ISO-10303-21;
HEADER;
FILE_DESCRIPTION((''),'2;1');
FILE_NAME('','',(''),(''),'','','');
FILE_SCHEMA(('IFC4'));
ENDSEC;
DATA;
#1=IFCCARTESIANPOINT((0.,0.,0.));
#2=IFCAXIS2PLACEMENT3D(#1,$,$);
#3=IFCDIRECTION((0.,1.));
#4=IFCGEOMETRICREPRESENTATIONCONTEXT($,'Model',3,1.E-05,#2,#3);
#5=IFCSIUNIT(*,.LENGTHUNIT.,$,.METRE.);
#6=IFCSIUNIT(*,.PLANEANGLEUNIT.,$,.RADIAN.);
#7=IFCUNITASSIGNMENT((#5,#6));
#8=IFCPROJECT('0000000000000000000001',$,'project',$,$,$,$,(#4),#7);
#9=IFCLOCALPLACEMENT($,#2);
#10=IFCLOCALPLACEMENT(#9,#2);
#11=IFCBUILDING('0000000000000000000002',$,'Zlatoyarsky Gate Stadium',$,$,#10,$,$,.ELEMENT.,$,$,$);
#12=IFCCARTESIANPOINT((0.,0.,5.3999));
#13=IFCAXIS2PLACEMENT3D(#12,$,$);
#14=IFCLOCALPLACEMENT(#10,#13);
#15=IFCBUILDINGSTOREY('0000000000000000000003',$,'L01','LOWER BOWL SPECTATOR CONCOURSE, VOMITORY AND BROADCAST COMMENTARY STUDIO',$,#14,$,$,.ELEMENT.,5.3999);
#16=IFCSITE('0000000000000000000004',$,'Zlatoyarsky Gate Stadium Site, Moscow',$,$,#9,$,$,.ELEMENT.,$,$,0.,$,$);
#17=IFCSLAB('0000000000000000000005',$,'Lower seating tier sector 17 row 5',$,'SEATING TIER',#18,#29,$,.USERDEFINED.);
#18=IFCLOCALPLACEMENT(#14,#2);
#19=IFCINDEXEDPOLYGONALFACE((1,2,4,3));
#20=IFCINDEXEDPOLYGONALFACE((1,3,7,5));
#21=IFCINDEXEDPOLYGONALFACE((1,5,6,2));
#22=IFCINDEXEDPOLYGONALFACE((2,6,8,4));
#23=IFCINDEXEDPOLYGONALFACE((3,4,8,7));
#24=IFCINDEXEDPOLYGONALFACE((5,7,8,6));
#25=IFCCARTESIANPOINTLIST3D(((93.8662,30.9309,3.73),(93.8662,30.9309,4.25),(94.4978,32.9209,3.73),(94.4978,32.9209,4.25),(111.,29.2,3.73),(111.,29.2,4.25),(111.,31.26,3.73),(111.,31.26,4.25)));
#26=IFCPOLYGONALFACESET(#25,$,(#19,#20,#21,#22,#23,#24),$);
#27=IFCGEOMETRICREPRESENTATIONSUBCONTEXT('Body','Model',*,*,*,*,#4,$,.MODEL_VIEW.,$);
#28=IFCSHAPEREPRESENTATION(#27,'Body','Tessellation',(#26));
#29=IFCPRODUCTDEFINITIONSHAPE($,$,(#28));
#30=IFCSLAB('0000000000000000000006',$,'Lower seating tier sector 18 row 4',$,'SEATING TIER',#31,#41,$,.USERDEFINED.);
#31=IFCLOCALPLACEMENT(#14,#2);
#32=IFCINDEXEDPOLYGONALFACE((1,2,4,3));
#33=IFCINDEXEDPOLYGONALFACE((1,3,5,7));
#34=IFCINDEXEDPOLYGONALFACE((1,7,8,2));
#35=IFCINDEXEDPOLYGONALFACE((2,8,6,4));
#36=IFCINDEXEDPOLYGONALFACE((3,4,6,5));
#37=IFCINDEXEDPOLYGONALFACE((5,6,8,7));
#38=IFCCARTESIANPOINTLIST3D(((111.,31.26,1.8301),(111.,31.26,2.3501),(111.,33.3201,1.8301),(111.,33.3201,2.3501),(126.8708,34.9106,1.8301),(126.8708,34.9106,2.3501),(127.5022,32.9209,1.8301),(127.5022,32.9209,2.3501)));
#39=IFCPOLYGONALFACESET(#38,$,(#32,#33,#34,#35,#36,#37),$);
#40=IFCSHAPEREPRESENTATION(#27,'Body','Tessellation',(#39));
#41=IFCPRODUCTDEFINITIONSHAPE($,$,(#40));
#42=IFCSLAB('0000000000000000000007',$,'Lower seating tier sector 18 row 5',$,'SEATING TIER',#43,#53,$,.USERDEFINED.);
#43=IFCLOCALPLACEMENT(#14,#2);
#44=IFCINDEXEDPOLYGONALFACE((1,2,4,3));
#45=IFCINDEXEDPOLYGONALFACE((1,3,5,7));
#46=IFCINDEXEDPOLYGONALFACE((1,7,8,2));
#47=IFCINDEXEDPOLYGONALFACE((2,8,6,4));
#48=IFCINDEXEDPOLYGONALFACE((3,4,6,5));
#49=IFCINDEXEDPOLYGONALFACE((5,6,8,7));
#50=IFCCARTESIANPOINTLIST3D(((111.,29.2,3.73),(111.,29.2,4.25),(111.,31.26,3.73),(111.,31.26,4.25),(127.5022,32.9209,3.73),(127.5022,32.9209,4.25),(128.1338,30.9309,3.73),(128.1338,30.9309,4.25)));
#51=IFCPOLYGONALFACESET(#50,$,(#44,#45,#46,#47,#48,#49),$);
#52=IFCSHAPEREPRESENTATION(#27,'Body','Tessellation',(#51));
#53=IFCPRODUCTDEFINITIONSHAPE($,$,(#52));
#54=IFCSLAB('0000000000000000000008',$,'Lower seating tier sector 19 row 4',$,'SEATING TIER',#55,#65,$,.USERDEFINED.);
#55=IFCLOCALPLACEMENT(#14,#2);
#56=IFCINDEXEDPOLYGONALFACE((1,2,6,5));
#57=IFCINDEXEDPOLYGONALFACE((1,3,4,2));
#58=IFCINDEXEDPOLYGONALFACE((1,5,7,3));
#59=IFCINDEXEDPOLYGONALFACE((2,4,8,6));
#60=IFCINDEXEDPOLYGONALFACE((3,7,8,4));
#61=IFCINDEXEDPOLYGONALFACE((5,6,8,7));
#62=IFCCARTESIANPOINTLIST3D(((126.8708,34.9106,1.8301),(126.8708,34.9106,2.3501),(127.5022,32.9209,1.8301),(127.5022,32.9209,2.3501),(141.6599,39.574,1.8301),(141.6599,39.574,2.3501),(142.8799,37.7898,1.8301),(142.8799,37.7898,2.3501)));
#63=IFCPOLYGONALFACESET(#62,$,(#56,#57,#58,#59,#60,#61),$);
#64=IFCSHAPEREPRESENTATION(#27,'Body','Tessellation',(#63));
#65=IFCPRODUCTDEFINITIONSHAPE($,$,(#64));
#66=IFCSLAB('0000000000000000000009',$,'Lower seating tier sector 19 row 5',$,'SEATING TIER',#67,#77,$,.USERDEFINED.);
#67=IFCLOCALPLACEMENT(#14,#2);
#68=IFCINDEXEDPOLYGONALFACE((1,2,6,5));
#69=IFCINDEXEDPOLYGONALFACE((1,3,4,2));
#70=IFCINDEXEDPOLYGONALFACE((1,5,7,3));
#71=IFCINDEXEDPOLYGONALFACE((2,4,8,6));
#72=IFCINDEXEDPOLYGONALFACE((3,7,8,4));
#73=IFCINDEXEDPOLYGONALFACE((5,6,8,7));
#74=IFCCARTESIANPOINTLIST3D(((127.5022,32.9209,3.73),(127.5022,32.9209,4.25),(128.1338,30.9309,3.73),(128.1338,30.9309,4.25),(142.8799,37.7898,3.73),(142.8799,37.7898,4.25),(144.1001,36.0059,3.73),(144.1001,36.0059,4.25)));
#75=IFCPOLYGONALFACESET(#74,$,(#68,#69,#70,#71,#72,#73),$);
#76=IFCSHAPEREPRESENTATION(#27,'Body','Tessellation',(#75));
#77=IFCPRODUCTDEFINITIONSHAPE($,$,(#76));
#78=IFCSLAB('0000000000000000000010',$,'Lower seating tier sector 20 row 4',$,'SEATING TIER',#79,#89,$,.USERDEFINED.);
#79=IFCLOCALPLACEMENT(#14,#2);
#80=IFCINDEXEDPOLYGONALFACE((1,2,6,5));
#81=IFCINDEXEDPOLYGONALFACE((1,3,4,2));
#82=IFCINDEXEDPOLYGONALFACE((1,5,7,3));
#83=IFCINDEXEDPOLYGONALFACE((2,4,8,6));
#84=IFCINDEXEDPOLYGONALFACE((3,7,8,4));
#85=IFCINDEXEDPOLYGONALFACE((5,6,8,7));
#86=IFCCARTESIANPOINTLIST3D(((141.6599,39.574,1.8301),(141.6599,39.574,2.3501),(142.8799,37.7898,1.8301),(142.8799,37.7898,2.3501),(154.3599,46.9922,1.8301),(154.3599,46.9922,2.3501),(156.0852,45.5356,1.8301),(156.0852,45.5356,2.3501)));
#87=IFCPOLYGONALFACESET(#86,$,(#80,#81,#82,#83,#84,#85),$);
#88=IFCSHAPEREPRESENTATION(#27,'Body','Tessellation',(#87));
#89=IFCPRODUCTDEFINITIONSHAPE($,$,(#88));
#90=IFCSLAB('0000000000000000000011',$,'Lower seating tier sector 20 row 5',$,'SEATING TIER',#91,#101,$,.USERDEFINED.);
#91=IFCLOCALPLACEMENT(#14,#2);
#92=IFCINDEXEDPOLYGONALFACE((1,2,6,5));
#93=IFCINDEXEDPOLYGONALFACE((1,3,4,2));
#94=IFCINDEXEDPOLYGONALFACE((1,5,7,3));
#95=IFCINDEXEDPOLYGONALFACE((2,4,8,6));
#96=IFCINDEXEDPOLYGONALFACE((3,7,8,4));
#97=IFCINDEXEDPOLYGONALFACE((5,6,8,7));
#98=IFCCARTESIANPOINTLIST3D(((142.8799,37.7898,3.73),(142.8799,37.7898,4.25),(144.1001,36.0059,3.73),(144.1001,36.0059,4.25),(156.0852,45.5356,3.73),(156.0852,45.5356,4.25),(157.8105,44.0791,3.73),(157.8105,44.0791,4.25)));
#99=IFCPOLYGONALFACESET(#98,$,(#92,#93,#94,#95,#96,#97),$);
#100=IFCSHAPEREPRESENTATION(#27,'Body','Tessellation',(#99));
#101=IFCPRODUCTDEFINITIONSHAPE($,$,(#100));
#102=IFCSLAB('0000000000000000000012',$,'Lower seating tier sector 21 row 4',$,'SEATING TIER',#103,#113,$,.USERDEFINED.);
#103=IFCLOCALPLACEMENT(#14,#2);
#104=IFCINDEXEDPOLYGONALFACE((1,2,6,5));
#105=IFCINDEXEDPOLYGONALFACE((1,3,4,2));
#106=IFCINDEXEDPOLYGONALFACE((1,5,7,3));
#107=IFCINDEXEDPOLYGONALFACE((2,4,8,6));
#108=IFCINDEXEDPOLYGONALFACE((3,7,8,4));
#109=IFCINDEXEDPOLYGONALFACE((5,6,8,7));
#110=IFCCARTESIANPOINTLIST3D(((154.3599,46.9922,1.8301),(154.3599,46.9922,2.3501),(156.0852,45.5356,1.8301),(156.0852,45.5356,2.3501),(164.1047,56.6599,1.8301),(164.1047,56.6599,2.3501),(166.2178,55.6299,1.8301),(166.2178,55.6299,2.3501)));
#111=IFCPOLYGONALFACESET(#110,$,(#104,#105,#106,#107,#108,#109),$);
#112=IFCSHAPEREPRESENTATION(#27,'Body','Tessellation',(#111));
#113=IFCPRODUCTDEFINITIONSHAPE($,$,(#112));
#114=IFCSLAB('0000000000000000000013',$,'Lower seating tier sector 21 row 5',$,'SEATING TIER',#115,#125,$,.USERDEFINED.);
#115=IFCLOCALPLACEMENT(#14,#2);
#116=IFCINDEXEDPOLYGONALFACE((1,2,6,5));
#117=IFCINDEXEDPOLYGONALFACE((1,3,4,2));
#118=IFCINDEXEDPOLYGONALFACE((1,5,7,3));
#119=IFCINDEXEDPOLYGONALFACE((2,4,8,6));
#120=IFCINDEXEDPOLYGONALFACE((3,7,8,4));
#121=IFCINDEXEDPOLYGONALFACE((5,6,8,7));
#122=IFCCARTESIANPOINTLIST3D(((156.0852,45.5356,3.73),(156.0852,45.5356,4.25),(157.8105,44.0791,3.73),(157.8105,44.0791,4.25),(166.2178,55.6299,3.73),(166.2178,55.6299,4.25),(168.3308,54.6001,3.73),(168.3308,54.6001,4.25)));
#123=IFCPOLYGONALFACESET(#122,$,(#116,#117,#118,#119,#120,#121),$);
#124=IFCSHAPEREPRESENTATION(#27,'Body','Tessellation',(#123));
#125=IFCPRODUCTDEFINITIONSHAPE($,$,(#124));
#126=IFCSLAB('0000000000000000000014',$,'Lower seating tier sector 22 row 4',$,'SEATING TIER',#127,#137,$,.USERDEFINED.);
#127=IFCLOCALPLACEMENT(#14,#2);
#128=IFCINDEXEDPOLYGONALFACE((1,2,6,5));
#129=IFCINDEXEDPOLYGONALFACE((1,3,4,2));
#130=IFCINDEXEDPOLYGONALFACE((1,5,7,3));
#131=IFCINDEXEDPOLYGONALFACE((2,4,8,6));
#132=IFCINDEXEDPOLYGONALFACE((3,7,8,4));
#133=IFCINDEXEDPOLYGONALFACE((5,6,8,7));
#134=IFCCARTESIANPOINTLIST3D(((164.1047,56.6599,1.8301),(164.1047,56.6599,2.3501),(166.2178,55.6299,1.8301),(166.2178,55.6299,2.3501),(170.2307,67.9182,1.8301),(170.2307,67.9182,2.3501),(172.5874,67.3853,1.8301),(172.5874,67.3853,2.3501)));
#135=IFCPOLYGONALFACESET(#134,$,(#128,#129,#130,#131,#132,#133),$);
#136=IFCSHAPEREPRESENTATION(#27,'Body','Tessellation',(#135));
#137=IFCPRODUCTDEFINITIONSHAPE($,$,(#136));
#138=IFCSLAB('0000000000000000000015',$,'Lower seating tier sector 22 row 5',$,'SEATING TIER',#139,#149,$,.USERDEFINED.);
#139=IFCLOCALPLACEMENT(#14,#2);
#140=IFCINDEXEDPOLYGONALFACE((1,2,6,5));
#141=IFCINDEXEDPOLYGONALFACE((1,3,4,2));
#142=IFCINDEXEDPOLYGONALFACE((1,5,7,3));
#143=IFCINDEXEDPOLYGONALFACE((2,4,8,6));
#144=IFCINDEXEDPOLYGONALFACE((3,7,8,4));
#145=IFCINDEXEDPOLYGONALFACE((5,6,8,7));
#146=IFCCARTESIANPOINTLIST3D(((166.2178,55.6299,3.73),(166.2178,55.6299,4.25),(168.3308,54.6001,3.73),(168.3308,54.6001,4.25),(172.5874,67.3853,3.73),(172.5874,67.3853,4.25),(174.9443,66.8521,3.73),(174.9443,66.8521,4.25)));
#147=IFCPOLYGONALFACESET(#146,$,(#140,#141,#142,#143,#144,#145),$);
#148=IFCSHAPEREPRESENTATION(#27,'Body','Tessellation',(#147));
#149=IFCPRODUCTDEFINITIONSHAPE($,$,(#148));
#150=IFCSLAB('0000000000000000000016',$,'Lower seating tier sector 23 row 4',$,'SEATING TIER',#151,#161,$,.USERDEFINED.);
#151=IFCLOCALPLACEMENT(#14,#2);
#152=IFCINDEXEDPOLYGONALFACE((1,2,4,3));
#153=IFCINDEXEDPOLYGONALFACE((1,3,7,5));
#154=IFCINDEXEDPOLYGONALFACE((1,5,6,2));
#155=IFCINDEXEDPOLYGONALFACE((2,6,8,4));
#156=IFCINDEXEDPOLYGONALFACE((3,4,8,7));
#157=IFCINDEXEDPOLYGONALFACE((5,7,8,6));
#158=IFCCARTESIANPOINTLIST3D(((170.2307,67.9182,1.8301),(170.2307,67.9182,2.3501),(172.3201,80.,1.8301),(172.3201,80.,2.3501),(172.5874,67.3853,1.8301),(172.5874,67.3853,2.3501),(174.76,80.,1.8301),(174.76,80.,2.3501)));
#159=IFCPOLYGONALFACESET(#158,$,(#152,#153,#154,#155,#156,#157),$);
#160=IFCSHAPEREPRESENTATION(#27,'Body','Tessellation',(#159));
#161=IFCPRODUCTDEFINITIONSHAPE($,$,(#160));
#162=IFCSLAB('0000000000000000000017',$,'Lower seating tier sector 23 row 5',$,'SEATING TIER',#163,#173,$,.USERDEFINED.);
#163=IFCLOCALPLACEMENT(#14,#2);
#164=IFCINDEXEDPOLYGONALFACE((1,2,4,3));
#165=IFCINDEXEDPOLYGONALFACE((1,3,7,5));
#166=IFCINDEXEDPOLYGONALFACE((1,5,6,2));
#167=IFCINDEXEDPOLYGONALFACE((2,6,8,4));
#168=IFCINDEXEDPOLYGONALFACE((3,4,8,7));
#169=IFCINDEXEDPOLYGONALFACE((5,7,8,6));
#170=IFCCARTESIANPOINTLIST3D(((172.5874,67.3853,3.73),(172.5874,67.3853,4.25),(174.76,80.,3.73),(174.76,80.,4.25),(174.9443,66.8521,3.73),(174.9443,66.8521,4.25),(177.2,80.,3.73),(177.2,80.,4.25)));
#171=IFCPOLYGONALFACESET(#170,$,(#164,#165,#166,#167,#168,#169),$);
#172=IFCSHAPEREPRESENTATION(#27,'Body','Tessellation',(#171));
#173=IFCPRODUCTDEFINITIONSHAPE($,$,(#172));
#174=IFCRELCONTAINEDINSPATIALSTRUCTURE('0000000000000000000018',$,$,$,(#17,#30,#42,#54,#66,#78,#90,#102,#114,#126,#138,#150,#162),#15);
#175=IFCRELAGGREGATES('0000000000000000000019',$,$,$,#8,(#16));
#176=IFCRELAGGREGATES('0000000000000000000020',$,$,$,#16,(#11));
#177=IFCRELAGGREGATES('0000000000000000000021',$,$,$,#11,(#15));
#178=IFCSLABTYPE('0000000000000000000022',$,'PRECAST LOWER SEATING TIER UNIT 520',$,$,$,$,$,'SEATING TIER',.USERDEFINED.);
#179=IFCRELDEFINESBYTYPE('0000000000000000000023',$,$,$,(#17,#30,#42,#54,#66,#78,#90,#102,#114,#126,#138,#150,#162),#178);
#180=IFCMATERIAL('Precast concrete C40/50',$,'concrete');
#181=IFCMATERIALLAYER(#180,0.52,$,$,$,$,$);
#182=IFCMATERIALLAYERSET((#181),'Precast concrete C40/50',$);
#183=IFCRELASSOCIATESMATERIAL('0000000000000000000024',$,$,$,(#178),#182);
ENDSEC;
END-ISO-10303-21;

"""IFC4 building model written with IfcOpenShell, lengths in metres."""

from ifc_helpers import new_model, si_unit, direction, frame, origin, place, context, subcontext, project, spatial, polyline, outline, extrude, material, layer, layer_set, type_object, element, save


model = new_model("IFC4")

# Units and contexts
model_context = context("Model", 3, precision=1e-05, world=origin(), true_north=direction((0.0, 1.0)))
body_context = subcontext(model_context, "Body", "Model", "MODEL_VIEW")
ifc_project = project(units=[si_unit("LENGTHUNIT", "METRE"), si_unit("PLANEANGLEUNIT", "RADIAN")], contexts=[model_context])

# Site, building, storey
site_placement = place(None, origin())
site = spatial("IfcSite", under=ifc_project, at=site_placement, Name="Zlatoyarsky Gate Stadium Site, Moscow", CompositionType="ELEMENT", RefElevation=0.0)
building_placement = place(site_placement, origin())
building = spatial("IfcBuilding", under=site, at=building_placement, Name="Zlatoyarsky Gate Stadium", CompositionType="ELEMENT")
storey_placement = place(building_placement, frame((0.0, 0.0, 5.3999)))
storey = spatial("IfcBuildingStorey", under=building, at=storey_placement, Name="L01", Description="LOWER BOWL SPECTATOR CONCOURSE, VOMITORY AND BROADCAST COMMENTARY STUDIO", CompositionType="ELEMENT", Elevation=5.3999)

# Slabs
ifc_material_1 = material(Name="Precast concrete C40/50", Category="concrete")
ifc_layer_1 = layer(ifc_material_1, 0.52)
ifc_layer_set_1 = layer_set([ifc_layer_1], Name="Precast concrete C40/50")
slab_type_1 = type_object("IfcSlabType", Name="PRECAST LOWER SEATING TIER UNIT 520", ElementType="SEATING TIER", PredefinedType="USERDEFINED", material=ifc_layer_set_1)
slab_1_placement = place(storey_placement, frame((0.0, 0.0, 3.73)))
element("IfcSlab", 1, at=slab_1_placement, inside=storey, type_object=slab_type_1, Name="Lower seating tier sector 17 row 5", ObjectType="SEATING TIER", PredefinedType="USERDEFINED", context=body_context, shape_type="SweptSolid", body=[
    extrude(outline(polyline([(94.4978, 32.9209), (93.8662, 30.9309), (111.0, 29.2), (111.0, 31.26), (94.4978, 32.9209)])), origin(), (0.0, 0.0, 1.0), 0.52),
])
slab_2_placement = place(storey_placement, frame((0.0, 0.0, 1.8301)))
element("IfcSlab", 2, at=slab_2_placement, inside=storey, type_object=slab_type_1, Name="Lower seating tier sector 18 row 4", ObjectType="SEATING TIER", PredefinedType="USERDEFINED", context=body_context, shape_type="SweptSolid", body=[
    extrude(outline(polyline([(111.0, 33.3201), (111.0, 31.26), (127.5022, 32.9209), (126.8708, 34.9106), (111.0, 33.3201)])), origin(), (0.0, 0.0, 1.0), 0.52),
])
slab_3_placement = place(storey_placement, frame((0.0, 0.0, 3.73)))
element("IfcSlab", 3, at=slab_3_placement, inside=storey, type_object=slab_type_1, Name="Lower seating tier sector 18 row 5", ObjectType="SEATING TIER", PredefinedType="USERDEFINED", context=body_context, shape_type="SweptSolid", body=[
    extrude(outline(polyline([(111.0, 31.26), (111.0, 29.2), (128.1338, 30.9309), (127.5022, 32.9209), (111.0, 31.26)])), origin(), (0.0, 0.0, 1.0), 0.52),
])
slab_4_placement = place(storey_placement, frame((0.0, 0.0, 1.8301)))
element("IfcSlab", 4, at=slab_4_placement, inside=storey, type_object=slab_type_1, Name="Lower seating tier sector 19 row 4", ObjectType="SEATING TIER", PredefinedType="USERDEFINED", context=body_context, shape_type="SweptSolid", body=[
    extrude(outline(polyline([(126.8708, 34.9106), (127.5022, 32.9209), (142.8799, 37.7898), (141.6599, 39.574), (126.8708, 34.9106)])), origin(), (0.0, 0.0, 1.0), 0.52),
])
slab_5_placement = place(storey_placement, frame((0.0, 0.0, 3.73)))
element("IfcSlab", 5, at=slab_5_placement, inside=storey, type_object=slab_type_1, Name="Lower seating tier sector 19 row 5", ObjectType="SEATING TIER", PredefinedType="USERDEFINED", context=body_context, shape_type="SweptSolid", body=[
    extrude(outline(polyline([(127.5022, 32.9209), (128.1338, 30.9309), (144.1001, 36.0059), (142.8799, 37.7898), (127.5022, 32.9209)])), origin(), (0.0, 0.0, 1.0), 0.52),
])
slab_6_placement = place(storey_placement, frame((0.0, 0.0, 1.8301)))
element("IfcSlab", 6, at=slab_6_placement, inside=storey, type_object=slab_type_1, Name="Lower seating tier sector 20 row 4", ObjectType="SEATING TIER", PredefinedType="USERDEFINED", context=body_context, shape_type="SweptSolid", body=[
    extrude(outline(polyline([(141.6599, 39.574), (142.8799, 37.7898), (156.0852, 45.5356), (154.3599, 46.9922), (141.6599, 39.574)])), origin(), (0.0, 0.0, 1.0), 0.52),
])
slab_7_placement = place(storey_placement, frame((0.0, 0.0, 3.73)))
element("IfcSlab", 7, at=slab_7_placement, inside=storey, type_object=slab_type_1, Name="Lower seating tier sector 20 row 5", ObjectType="SEATING TIER", PredefinedType="USERDEFINED", context=body_context, shape_type="SweptSolid", body=[
    extrude(outline(polyline([(142.8799, 37.7898), (144.1001, 36.0059), (157.8105, 44.0791), (156.0852, 45.5356), (142.8799, 37.7898)])), origin(), (0.0, 0.0, 1.0), 0.52),
])
slab_8_placement = place(storey_placement, frame((0.0, 0.0, 1.8301)))
element("IfcSlab", 8, at=slab_8_placement, inside=storey, type_object=slab_type_1, Name="Lower seating tier sector 21 row 4", ObjectType="SEATING TIER", PredefinedType="USERDEFINED", context=body_context, shape_type="SweptSolid", body=[
    extrude(outline(polyline([(154.3599, 46.9922), (156.0852, 45.5356), (166.2178, 55.6299), (164.1047, 56.6599), (154.3599, 46.9922)])), origin(), (0.0, 0.0, 1.0), 0.52),
])
slab_9_placement = place(storey_placement, frame((0.0, 0.0, 3.73)))
element("IfcSlab", 9, at=slab_9_placement, inside=storey, type_object=slab_type_1, Name="Lower seating tier sector 21 row 5", ObjectType="SEATING TIER", PredefinedType="USERDEFINED", context=body_context, shape_type="SweptSolid", body=[
    extrude(outline(polyline([(156.0852, 45.5356), (157.8105, 44.0791), (168.3308, 54.6001), (166.2178, 55.6299), (156.0852, 45.5356)])), origin(), (0.0, 0.0, 1.0), 0.52),
])
slab_10_placement = place(storey_placement, frame((0.0, 0.0, 1.8301)))
element("IfcSlab", 10, at=slab_10_placement, inside=storey, type_object=slab_type_1, Name="Lower seating tier sector 22 row 4", ObjectType="SEATING TIER", PredefinedType="USERDEFINED", context=body_context, shape_type="SweptSolid", body=[
    extrude(outline(polyline([(164.1047, 56.6599), (166.2178, 55.6299), (172.5874, 67.3853), (170.2307, 67.9182), (164.1047, 56.6599)])), origin(), (0.0, 0.0, 1.0), 0.52),
])
slab_11_placement = place(storey_placement, frame((0.0, 0.0, 3.73)))
element("IfcSlab", 11, at=slab_11_placement, inside=storey, type_object=slab_type_1, Name="Lower seating tier sector 22 row 5", ObjectType="SEATING TIER", PredefinedType="USERDEFINED", context=body_context, shape_type="SweptSolid", body=[
    extrude(outline(polyline([(166.2178, 55.6299), (168.3308, 54.6001), (174.9443, 66.8521), (172.5874, 67.3853), (166.2178, 55.6299)])), origin(), (0.0, 0.0, 1.0), 0.52),
])
slab_12_placement = place(storey_placement, frame((0.0, 0.0, 1.8301)))
element("IfcSlab", 12, at=slab_12_placement, inside=storey, type_object=slab_type_1, Name="Lower seating tier sector 23 row 4", ObjectType="SEATING TIER", PredefinedType="USERDEFINED", context=body_context, shape_type="SweptSolid", body=[
    extrude(outline(polyline([(170.2307, 67.9182), (172.5874, 67.3853), (174.76, 80.0), (172.3201, 80.0), (170.2307, 67.9182)])), origin(), (0.0, 0.0, 1.0), 0.52),
])
slab_13_placement = place(storey_placement, frame((0.0, 0.0, 3.73)))
element("IfcSlab", 13, at=slab_13_placement, inside=storey, type_object=slab_type_1, Name="Lower seating tier sector 23 row 5", ObjectType="SEATING TIER", PredefinedType="USERDEFINED", context=body_context, shape_type="SweptSolid", body=[
    extrude(outline(polyline([(172.5874, 67.3853), (174.9443, 66.8521), (177.2, 80.0), (174.76, 80.0), (172.5874, 67.3853)])), origin(), (0.0, 0.0, 1.0), 0.52),
])

save(model, "model.ifc")
